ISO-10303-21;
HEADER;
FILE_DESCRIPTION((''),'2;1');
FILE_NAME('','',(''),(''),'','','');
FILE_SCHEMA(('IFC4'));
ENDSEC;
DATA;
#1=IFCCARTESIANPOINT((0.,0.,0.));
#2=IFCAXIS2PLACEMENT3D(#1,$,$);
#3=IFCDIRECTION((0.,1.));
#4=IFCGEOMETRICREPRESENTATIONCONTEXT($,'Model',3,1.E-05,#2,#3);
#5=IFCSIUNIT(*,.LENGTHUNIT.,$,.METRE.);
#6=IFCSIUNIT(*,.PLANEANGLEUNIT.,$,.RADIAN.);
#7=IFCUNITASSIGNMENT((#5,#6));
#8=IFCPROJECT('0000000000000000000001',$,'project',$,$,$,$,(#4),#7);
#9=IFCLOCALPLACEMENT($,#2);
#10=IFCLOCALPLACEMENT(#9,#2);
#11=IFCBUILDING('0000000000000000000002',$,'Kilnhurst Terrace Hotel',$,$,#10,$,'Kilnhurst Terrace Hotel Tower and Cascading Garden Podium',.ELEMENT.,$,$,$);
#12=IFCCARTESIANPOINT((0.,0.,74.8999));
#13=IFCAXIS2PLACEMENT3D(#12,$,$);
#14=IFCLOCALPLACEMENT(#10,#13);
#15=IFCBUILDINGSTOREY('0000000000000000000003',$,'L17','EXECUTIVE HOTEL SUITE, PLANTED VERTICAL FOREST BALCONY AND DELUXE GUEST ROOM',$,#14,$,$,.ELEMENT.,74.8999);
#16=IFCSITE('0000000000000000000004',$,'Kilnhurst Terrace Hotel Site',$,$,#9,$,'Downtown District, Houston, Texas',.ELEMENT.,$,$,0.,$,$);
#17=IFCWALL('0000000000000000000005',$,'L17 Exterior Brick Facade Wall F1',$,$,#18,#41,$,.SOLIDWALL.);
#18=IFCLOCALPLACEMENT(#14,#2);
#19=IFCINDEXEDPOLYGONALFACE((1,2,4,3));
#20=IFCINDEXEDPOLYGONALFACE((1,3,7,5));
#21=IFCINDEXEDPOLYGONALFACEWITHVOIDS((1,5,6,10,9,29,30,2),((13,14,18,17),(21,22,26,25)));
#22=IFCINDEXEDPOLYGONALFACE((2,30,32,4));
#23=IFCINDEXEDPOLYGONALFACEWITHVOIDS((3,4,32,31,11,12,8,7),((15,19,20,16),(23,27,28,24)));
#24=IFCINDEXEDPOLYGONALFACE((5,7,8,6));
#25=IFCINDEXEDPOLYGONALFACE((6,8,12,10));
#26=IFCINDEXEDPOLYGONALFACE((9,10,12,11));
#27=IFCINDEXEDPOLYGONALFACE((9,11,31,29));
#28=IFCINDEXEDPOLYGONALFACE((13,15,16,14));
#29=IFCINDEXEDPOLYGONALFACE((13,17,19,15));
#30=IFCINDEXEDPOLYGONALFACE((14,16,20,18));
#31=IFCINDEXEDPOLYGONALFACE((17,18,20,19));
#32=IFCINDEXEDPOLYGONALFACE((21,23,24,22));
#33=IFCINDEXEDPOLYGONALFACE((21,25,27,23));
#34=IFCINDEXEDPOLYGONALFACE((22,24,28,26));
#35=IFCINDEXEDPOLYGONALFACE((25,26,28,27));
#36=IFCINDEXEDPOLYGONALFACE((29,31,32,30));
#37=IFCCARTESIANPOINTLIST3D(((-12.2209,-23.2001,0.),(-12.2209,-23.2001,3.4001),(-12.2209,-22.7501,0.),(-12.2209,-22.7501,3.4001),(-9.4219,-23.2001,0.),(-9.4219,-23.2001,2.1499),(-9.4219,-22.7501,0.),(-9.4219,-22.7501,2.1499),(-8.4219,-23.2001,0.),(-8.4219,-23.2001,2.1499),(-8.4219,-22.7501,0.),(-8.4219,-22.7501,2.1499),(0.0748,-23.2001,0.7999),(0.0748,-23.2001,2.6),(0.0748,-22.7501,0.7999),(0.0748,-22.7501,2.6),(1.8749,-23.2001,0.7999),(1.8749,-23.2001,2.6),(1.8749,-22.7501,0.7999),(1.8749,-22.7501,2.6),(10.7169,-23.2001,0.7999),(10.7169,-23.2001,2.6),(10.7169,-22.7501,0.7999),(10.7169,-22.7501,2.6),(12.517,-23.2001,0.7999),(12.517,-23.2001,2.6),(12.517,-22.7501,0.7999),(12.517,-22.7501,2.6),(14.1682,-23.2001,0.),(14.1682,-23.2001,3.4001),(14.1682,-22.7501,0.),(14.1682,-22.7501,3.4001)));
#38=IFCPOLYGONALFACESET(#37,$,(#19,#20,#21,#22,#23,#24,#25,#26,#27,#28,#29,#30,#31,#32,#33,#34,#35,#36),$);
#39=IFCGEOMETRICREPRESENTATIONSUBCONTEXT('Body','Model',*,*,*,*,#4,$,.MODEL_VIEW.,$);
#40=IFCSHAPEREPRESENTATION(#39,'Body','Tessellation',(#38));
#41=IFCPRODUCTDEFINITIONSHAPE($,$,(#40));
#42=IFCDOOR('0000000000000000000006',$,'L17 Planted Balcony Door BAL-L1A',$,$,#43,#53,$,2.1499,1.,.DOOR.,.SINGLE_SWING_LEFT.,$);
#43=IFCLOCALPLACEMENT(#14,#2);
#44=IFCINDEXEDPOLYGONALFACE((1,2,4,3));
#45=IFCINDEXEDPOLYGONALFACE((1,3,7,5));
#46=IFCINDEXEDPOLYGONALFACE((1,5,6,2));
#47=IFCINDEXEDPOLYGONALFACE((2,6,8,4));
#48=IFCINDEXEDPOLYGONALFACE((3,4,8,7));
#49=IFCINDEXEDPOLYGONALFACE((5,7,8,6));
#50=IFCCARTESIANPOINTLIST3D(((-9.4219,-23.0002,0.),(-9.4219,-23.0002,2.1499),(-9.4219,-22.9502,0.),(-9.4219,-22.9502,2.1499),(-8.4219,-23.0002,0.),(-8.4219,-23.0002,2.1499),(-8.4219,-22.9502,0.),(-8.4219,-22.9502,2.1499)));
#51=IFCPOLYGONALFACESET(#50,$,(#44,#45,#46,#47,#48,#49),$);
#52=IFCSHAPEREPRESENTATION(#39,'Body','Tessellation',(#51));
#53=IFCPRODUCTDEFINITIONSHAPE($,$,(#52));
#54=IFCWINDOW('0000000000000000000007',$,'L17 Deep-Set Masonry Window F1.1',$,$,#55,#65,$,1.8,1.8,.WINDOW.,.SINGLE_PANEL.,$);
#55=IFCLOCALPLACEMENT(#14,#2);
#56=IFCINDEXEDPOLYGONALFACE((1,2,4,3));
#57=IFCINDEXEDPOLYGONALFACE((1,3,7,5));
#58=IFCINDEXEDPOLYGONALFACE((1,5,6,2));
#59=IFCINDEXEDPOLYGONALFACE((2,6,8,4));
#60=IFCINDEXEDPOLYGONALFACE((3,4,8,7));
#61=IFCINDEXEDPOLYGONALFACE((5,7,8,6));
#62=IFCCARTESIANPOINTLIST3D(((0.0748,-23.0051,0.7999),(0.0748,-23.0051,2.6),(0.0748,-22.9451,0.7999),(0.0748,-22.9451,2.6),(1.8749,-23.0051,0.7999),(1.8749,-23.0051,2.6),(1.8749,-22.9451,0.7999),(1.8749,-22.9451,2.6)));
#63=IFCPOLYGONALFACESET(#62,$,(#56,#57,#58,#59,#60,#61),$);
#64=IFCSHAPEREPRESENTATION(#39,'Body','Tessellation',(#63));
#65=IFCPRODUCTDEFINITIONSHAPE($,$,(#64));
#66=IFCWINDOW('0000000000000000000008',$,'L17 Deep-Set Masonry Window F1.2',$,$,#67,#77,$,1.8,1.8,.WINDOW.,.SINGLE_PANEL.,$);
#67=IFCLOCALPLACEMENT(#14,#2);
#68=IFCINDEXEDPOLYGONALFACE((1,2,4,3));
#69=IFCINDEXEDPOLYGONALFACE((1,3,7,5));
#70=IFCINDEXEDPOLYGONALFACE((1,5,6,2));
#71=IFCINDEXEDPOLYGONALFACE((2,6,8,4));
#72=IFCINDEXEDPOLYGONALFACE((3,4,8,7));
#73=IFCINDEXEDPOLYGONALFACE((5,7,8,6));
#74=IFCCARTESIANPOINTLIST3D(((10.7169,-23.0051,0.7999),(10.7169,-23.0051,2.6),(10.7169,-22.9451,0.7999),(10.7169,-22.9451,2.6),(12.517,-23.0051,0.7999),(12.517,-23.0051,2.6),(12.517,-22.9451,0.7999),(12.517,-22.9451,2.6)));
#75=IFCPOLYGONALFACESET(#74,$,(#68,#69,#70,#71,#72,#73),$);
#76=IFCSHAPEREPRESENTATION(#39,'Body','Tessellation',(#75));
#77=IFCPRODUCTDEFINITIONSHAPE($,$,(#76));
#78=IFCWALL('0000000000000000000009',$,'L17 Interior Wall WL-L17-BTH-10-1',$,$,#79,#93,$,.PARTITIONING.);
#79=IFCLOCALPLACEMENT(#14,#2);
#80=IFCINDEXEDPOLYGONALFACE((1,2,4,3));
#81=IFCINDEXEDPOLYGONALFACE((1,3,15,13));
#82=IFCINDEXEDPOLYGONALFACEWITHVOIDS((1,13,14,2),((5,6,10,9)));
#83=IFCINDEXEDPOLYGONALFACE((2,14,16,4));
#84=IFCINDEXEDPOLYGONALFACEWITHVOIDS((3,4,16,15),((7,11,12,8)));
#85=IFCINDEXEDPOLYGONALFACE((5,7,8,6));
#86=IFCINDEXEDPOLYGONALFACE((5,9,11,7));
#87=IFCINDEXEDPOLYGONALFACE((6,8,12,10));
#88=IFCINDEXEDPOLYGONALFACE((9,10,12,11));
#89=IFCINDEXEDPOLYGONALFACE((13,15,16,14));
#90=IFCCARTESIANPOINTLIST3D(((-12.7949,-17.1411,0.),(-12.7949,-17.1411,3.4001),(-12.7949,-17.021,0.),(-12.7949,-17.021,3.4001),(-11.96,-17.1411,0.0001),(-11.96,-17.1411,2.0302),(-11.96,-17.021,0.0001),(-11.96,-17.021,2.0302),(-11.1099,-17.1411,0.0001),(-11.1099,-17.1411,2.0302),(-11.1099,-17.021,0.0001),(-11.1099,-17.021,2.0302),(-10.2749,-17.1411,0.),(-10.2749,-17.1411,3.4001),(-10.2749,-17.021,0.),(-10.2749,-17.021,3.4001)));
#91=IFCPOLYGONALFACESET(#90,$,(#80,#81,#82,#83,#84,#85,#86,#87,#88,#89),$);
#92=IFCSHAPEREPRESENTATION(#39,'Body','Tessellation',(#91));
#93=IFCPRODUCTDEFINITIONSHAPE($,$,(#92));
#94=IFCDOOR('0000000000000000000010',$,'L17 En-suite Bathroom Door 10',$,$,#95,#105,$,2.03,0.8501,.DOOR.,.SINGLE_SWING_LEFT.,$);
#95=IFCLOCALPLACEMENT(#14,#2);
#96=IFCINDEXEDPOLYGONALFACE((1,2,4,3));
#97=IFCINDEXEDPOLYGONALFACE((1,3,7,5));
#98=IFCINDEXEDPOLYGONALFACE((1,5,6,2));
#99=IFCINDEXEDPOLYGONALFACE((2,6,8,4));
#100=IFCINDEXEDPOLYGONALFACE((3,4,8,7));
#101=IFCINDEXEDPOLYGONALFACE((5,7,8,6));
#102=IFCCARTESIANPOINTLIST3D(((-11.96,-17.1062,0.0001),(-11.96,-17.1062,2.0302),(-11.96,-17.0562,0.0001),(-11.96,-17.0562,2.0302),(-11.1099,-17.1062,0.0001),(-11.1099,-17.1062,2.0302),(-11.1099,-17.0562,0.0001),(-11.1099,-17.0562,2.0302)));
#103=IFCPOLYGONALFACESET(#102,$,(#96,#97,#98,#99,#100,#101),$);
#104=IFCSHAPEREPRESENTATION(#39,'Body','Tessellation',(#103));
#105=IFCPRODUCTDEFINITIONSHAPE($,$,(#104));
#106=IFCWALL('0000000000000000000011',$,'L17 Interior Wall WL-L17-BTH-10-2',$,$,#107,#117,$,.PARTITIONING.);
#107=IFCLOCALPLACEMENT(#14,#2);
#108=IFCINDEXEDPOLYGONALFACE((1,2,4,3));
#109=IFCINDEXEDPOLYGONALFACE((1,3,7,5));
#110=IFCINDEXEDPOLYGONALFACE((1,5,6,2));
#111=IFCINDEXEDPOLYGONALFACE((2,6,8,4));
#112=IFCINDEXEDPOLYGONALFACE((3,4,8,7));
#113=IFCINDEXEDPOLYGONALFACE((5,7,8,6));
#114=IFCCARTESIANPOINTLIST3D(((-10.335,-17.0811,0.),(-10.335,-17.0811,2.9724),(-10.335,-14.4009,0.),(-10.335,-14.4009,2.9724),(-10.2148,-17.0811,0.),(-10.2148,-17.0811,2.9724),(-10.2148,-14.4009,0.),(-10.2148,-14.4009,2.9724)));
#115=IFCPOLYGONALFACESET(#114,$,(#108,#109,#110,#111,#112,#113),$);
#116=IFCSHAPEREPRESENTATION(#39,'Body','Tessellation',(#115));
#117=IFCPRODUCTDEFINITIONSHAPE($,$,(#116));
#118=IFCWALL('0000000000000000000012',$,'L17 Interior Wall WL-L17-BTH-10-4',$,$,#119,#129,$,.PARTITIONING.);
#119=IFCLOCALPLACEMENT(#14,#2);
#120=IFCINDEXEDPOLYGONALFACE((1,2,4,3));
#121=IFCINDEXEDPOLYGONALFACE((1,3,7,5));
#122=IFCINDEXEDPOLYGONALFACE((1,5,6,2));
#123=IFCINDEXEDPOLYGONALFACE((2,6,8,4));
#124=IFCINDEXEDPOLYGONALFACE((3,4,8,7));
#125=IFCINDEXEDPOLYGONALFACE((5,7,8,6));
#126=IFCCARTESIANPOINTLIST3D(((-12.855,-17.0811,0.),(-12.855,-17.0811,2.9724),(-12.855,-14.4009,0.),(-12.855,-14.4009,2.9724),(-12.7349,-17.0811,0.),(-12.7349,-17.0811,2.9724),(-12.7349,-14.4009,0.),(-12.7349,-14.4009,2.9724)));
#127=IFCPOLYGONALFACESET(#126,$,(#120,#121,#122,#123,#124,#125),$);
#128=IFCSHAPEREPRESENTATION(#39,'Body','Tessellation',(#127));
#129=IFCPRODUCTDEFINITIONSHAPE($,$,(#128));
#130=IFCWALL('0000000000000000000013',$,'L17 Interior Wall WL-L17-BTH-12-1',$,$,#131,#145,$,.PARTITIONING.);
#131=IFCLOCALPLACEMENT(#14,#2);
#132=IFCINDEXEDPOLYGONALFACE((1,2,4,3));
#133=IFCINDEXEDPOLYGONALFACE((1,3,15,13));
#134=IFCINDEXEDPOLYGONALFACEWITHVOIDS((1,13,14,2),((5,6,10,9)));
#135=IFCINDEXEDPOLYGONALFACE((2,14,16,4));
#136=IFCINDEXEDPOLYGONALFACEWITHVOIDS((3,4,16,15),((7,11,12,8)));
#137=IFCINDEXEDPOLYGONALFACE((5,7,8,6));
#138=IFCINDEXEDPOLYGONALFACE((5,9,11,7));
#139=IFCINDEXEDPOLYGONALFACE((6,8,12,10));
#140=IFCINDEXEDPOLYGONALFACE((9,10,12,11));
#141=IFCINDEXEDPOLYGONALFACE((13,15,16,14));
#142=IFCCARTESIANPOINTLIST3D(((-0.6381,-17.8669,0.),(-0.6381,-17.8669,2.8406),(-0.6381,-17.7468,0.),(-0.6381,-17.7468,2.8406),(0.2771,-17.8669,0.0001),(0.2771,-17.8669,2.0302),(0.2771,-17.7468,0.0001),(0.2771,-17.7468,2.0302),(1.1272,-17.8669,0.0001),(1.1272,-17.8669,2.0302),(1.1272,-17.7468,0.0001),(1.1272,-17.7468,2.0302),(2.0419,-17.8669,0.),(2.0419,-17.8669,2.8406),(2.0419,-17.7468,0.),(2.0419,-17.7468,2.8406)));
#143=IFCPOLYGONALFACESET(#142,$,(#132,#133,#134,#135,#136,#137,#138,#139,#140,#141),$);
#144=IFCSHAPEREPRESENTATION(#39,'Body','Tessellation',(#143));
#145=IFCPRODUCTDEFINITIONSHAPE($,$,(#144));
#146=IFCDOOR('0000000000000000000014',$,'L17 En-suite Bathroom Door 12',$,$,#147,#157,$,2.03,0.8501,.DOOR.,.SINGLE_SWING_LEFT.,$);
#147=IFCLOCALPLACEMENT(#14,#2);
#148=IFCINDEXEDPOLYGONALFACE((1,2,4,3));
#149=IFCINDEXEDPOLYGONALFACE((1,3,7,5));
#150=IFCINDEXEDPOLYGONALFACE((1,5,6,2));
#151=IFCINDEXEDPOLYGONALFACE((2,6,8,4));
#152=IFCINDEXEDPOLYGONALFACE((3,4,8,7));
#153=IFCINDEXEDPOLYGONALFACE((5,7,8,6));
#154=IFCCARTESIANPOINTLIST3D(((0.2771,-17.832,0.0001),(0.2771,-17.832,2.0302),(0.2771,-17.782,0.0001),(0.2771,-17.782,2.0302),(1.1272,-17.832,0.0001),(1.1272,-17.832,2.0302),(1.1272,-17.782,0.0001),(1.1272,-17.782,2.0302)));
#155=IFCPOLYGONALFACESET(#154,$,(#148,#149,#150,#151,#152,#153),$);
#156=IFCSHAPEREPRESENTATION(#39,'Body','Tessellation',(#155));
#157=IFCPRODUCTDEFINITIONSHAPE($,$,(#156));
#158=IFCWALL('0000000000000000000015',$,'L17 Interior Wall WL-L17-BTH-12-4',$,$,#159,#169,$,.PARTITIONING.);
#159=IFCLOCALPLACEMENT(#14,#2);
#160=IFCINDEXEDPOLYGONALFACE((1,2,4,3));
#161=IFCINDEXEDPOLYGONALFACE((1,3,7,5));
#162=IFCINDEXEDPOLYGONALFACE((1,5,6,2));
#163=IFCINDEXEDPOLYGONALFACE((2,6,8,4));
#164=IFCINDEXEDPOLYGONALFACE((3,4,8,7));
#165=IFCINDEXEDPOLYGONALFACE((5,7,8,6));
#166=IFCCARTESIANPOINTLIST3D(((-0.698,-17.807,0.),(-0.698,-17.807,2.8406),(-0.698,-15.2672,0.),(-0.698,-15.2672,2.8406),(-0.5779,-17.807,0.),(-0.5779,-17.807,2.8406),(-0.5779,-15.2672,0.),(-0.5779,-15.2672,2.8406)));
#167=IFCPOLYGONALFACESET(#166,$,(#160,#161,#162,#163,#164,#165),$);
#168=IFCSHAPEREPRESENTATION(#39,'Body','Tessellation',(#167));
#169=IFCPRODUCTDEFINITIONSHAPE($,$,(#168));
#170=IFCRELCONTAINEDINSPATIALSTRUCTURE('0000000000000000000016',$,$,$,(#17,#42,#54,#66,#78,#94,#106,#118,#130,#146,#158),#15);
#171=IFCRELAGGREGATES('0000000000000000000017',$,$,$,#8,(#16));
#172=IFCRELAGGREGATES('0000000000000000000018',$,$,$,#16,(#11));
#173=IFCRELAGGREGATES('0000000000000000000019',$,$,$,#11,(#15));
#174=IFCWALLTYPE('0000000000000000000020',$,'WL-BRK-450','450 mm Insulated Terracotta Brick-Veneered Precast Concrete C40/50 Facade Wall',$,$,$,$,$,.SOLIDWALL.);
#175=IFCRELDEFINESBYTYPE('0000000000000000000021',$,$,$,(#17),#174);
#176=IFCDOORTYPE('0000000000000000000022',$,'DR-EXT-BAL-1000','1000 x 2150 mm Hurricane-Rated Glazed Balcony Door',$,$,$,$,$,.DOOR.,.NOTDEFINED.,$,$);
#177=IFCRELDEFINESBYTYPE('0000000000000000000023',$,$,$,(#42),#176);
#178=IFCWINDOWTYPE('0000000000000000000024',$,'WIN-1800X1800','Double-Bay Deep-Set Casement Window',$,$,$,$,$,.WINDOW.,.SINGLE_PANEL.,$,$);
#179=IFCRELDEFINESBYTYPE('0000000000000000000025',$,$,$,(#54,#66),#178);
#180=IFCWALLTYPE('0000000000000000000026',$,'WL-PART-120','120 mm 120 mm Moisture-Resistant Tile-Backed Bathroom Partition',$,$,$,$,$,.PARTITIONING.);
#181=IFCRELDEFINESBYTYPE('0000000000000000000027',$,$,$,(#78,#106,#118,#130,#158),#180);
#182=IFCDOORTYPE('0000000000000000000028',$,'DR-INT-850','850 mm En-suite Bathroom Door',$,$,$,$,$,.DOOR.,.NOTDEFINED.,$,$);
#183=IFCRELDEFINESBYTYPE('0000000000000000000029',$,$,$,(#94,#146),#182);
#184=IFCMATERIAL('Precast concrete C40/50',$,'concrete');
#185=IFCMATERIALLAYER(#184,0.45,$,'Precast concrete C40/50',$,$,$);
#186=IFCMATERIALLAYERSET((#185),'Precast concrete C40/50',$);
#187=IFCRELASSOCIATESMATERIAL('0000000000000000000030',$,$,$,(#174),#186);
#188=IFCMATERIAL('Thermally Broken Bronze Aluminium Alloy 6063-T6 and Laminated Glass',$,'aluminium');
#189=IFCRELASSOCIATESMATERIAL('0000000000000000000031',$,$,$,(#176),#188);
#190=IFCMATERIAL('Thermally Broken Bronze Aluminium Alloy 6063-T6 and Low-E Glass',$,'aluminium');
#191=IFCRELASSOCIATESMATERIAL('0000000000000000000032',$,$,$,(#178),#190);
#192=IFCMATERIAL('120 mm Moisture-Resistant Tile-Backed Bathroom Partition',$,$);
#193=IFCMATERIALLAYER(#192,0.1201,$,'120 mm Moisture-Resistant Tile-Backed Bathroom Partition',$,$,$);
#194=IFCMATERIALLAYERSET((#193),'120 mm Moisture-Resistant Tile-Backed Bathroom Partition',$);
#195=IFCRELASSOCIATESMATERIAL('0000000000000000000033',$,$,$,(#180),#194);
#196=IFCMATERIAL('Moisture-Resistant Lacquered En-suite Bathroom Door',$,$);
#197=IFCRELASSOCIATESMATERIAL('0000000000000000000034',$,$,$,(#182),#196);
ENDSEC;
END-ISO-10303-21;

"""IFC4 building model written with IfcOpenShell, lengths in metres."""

from ifc_helpers import new_model, si_unit, direction, frame, frame_2d, origin, place, context, subcontext, project, spatial, rectangle, extrude, material, layer, layer_set, type_object, element, fill, save


model = new_model("IFC4")

# Units and contexts
model_context = context("Model", 3, precision=1e-05, world=origin(), true_north=direction((0.0, 1.0)))
body_context = subcontext(model_context, "Body", "Model", "MODEL_VIEW")
ifc_project = project(units=[si_unit("LENGTHUNIT", "METRE"), si_unit("PLANEANGLEUNIT", "RADIAN")], contexts=[model_context])

# Site, building, storey
site_placement = place(None, origin())
site = spatial("IfcSite", under=ifc_project, at=site_placement, Name="Kilnhurst Terrace Hotel Site", LongName="Downtown District, Houston, Texas", CompositionType="ELEMENT", RefElevation=0.0)
building_placement = place(site_placement, origin())
building = spatial("IfcBuilding", under=site, at=building_placement, Name="Kilnhurst Terrace Hotel", LongName="Kilnhurst Terrace Hotel Tower and Cascading Garden Podium", CompositionType="ELEMENT")
storey_placement = place(building_placement, frame((0.0, 0.0, 74.8999)))
storey = spatial("IfcBuildingStorey", under=building, at=storey_placement, Name="L17", Description="EXECUTIVE HOTEL SUITE, PLANTED VERTICAL FOREST BALCONY AND DELUXE GUEST ROOM", CompositionType="ELEMENT", Elevation=74.8999)

# Shared definitions
ifc_material_1 = material(Name="Precast concrete C40/50", Category="concrete")
ifc_layer_1 = layer(ifc_material_1, 0.45, Name="Precast concrete C40/50")
ifc_layer_set_1 = layer_set([ifc_layer_1], Name="Precast concrete C40/50")
wall_type_1 = type_object("IfcWallType", Name="WL-BRK-450", Description="450 mm Insulated Terracotta Brick-Veneered Precast Concrete C40/50 Facade Wall", PredefinedType="SOLIDWALL", material=ifc_layer_set_1)

# Wall, openings, door, windows
wall_1_placement = place(storey_placement, frame((-12.2209, -22.9751, 0.0), z_axis=(0.0, 0.0, 1.0), x_axis=(1.0, 0.0, 0.0)))
wall_1 = element("IfcWall", 1, at=wall_1_placement, inside=storey, type_object=wall_type_1, Name="L17 Exterior Brick Facade Wall F1", PredefinedType="SOLIDWALL", context=body_context, shape_type="SweptSolid", body=[
    extrude(rectangle(XDim=26.3892, YDim=0.45, at=frame_2d((13.1946, 0.0))), origin(), (0.0, 0.0, 1.0), 3.4001),
])
opening_1_placement = place(wall_1_placement, frame((2.7991, 0.0, 0.0)))
opening_1 = element("IfcOpeningElement", 2, at=opening_1_placement, cuts=wall_1, PredefinedType="OPENING", context=body_context, shape_type="SweptSolid", body=[
    extrude(rectangle(XDim=1.0, YDim=2.1499, at=frame_2d((0.5, 1.075))), frame((0.0, 0.2349, 0.0), z_axis=(0.0, -1.0, 0.0), x_axis=(1.0, 0.0, 0.0)), (0.0, 0.0, 1.0), 0.47),
])
opening_2_placement = place(wall_1_placement, frame((12.2959, 0.0, 0.8)))
opening_2 = element("IfcOpeningElement", 3, at=opening_2_placement, cuts=wall_1, PredefinedType="OPENING", context=body_context, shape_type="SweptSolid", body=[
    extrude(rectangle(XDim=1.8, YDim=1.8, at=frame_2d((0.8999, 0.8999))), frame((0.0, 0.2349, 0.0), z_axis=(0.0, -1.0, 0.0), x_axis=(1.0, 0.0, 0.0)), (0.0, 0.0, 1.0), 0.47),
])
opening_3_placement = place(wall_1_placement, frame((22.938, 0.0, 0.8)))
opening_3 = element("IfcOpeningElement", 4, at=opening_3_placement, cuts=wall_1, PredefinedType="OPENING", context=body_context, shape_type="SweptSolid", body=[
    extrude(rectangle(XDim=1.8, YDim=1.8, at=frame_2d((0.8999, 0.8999))), frame((0.0, 0.2349, 0.0), z_axis=(0.0, -1.0, 0.0), x_axis=(1.0, 0.0, 0.0)), (0.0, 0.0, 1.0), 0.47),
])
ifc_material_2 = material(Name="Thermally Broken Bronze Aluminium Alloy 6063-T6 and Laminated Glass", Category="aluminium")
door_type_1 = type_object("IfcDoorType", Name="DR-EXT-BAL-1000", Description="1000 x 2150 mm Hurricane-Rated Glazed Balcony Door", OperationType="NOTDEFINED", PredefinedType="DOOR", material=ifc_material_2)
door_1_placement = place(opening_1_placement, origin())
door_1 = element("IfcDoor", 5, at=door_1_placement, inside=storey, type_object=door_type_1, Name="L17 Planted Balcony Door BAL-L1A", OperationType="SINGLE_SWING_LEFT", OverallHeight=2.1499, OverallWidth=1.0, PredefinedType="DOOR", context=body_context, shape_type="SweptSolid", body=[
    extrude(rectangle(XDim=1.0, YDim=2.1499, at=frame_2d((0.5, 1.075))), frame((0.0, 0.0249, 0.0), z_axis=(0.0, -1.0, 0.0), x_axis=(1.0, 0.0, 0.0)), (0.0, 0.0, 1.0), 0.05),
])
fill(opening_1, door_1)
ifc_material_3 = material(Name="Thermally Broken Bronze Aluminium Alloy 6063-T6 and Low-E Glass", Category="aluminium")
window_type = type_object("IfcWindowType", Name="WIN-1800X1800", Description="Double-Bay Deep-Set Casement Window", PartitioningType="SINGLE_PANEL", PredefinedType="WINDOW", material=ifc_material_3)
window_1_placement = place(opening_2_placement, origin())
window_1 = element("IfcWindow", 6, at=window_1_placement, inside=storey, type_object=window_type, Name="L17 Deep-Set Masonry Window F1.1", OverallHeight=1.8, OverallWidth=1.8, PartitioningType="SINGLE_PANEL", PredefinedType="WINDOW", context=body_context, shape_type="SweptSolid", body=[
    extrude(rectangle(XDim=1.8, YDim=1.8, at=frame_2d((0.8999, 0.8999))), frame((0.0, 0.03, 0.0), z_axis=(0.0, -1.0, 0.0), x_axis=(1.0, 0.0, 0.0)), (0.0, 0.0, 1.0), 0.0601),
])
fill(opening_2, window_1)
window_2_placement = place(opening_3_placement, origin())
window_2 = element("IfcWindow", 7, at=window_2_placement, inside=storey, type_object=window_type, Name="L17 Deep-Set Masonry Window F1.2", OverallHeight=1.8, OverallWidth=1.8, PartitioningType="SINGLE_PANEL", PredefinedType="WINDOW", context=body_context, shape_type="SweptSolid", body=[
    extrude(rectangle(XDim=1.8, YDim=1.8, at=frame_2d((0.8999, 0.8999))), frame((0.0, 0.03, 0.0), z_axis=(0.0, -1.0, 0.0), x_axis=(1.0, 0.0, 0.0)), (0.0, 0.0, 1.0), 0.0601),
])
fill(opening_3, window_2)

# Wall, opening, door
ifc_material_4 = material(Name="120 mm Moisture-Resistant Tile-Backed Bathroom Partition")
ifc_layer_2 = layer(ifc_material_4, 0.1201, Name="120 mm Moisture-Resistant Tile-Backed Bathroom Partition")
ifc_layer_set_2 = layer_set([ifc_layer_2], Name="120 mm Moisture-Resistant Tile-Backed Bathroom Partition")
wall_type_2 = type_object("IfcWallType", Name="WL-PART-120", Description="120 mm 120 mm Moisture-Resistant Tile-Backed Bathroom Partition", PredefinedType="PARTITIONING", material=ifc_layer_set_2)
wall_2_placement = place(storey_placement, frame((-12.7949, -17.0811, 0.0), z_axis=(0.0, 0.0, 1.0), x_axis=(1.0, 0.0, 0.0)))
wall_2 = element("IfcWall", 8, at=wall_2_placement, inside=storey, type_object=wall_type_2, Name="L17 Interior Wall WL-L17-BTH-10-1", PredefinedType="PARTITIONING", context=body_context, shape_type="SweptSolid", body=[
    extrude(rectangle(XDim=2.52, YDim=0.1201, at=frame_2d((1.26, 0.0))), origin(), (0.0, 0.0, 1.0), 3.4001),
])
opening_4_placement = place(wall_2_placement, frame((0.835, 0.0, 0.0)))
opening_4 = element("IfcOpeningElement", 9, at=opening_4_placement, cuts=wall_2, PredefinedType="OPENING", context=body_context, shape_type="SweptSolid", body=[
    extrude(rectangle(XDim=0.8501, YDim=2.03, at=frame_2d((0.425, 1.0151))), frame((0.0, 0.0701, 0.0), z_axis=(0.0, -1.0, 0.0), x_axis=(1.0, 0.0, 0.0)), (0.0, 0.0, 1.0), 0.1401),
])
ifc_material_5 = material(Name="Moisture-Resistant Lacquered En-suite Bathroom Door")
door_type_2 = type_object("IfcDoorType", Name="DR-INT-850", Description="850 mm En-suite Bathroom Door", OperationType="NOTDEFINED", PredefinedType="DOOR", material=ifc_material_5)
door_2_placement = place(opening_4_placement, origin())
door_2 = element("IfcDoor", 10, at=door_2_placement, inside=storey, type_object=door_type_2, Name="L17 En-suite Bathroom Door 10", OperationType="SINGLE_SWING_LEFT", OverallHeight=2.03, OverallWidth=0.8501, PredefinedType="DOOR", context=body_context, shape_type="SweptSolid", body=[
    extrude(rectangle(XDim=0.8501, YDim=2.03, at=frame_2d((0.425, 1.0151))), frame((0.0, 0.0249, 0.0), z_axis=(0.0, -1.0, 0.0), x_axis=(1.0, 0.0, 0.0)), (0.0, 0.0, 1.0), 0.05),
])
fill(opening_4, door_2)

# Walls
for number, where, z_axis, x_axis, name in (
    (11, (-10.2749, -17.0811, 0.0), (0.0, 0.0, 1.0), (0.0, 1.0, 0.0), "L17 Interior Wall WL-L17-BTH-10-2"),
    (12, (-12.7949, -14.4009, 0.0), (0.0, 0.0, 1.0), (0.0, -1.0, 0.0), "L17 Interior Wall WL-L17-BTH-10-4"),
):
    element("IfcWall", number, at=place(storey_placement, frame(where, z_axis=z_axis, x_axis=x_axis)), inside=storey, type_object=wall_type_2, Name=name, PredefinedType="PARTITIONING", context=body_context, shape_type="SweptSolid", body=[
        extrude(rectangle(XDim=2.6802, YDim=0.1201, at=frame_2d((1.3401, 0.0))), origin(), (0.0, 0.0, 1.0), 2.9724),
    ])

# Wall, opening, door
wall_3_placement = place(storey_placement, frame((-0.6379, -17.8069, 0.0), z_axis=(0.0, 0.0, 1.0), x_axis=(1.0, 0.0, 0.0)))
wall_3 = element("IfcWall", 13, at=wall_3_placement, inside=storey, type_object=wall_type_2, Name="L17 Interior Wall WL-L17-BTH-12-1", PredefinedType="PARTITIONING", context=body_context, shape_type="SweptSolid", body=[
    extrude(rectangle(XDim=2.6799, YDim=0.1201, at=frame_2d((1.3398, 0.0))), origin(), (0.0, 0.0, 1.0), 2.8406),
])
opening_5_placement = place(wall_3_placement, frame((0.915, 0.0, 0.0)))
opening_5 = element("IfcOpeningElement", 14, at=opening_5_placement, cuts=wall_3, PredefinedType="OPENING", context=body_context, shape_type="SweptSolid", body=[
    extrude(rectangle(XDim=0.8501, YDim=2.03, at=frame_2d((0.425, 1.0151))), frame((0.0, 0.0701, 0.0), z_axis=(0.0, -1.0, 0.0), x_axis=(1.0, 0.0, 0.0)), (0.0, 0.0, 1.0), 0.1401),
])
door_3_placement = place(opening_5_placement, origin())
door_3 = element("IfcDoor", 15, at=door_3_placement, inside=storey, type_object=door_type_2, Name="L17 En-suite Bathroom Door 12", OperationType="SINGLE_SWING_LEFT", OverallHeight=2.03, OverallWidth=0.8501, PredefinedType="DOOR", context=body_context, shape_type="SweptSolid", body=[
    extrude(rectangle(XDim=0.8501, YDim=2.03, at=frame_2d((0.425, 1.0151))), frame((0.0, 0.0249, 0.0), z_axis=(0.0, -1.0, 0.0), x_axis=(1.0, 0.0, 0.0)), (0.0, 0.0, 1.0), 0.05),
])
fill(opening_5, door_3)

# Wall
wall_4_placement = place(storey_placement, frame((-0.6379, -15.2671, 0.0), z_axis=(0.0, 0.0, 1.0), x_axis=(0.0, -1.0, 0.0)))
element("IfcWall", 16, at=wall_4_placement, inside=storey, type_object=wall_type_2, Name="L17 Interior Wall WL-L17-BTH-12-4", PredefinedType="PARTITIONING", context=body_context, shape_type="SweptSolid", body=[
    extrude(rectangle(XDim=2.5398, YDim=0.1201, at=frame_2d((1.27, 0.0))), origin(), (0.0, 0.0, 1.0), 2.8406),
])

save(model, "model.ifc")
